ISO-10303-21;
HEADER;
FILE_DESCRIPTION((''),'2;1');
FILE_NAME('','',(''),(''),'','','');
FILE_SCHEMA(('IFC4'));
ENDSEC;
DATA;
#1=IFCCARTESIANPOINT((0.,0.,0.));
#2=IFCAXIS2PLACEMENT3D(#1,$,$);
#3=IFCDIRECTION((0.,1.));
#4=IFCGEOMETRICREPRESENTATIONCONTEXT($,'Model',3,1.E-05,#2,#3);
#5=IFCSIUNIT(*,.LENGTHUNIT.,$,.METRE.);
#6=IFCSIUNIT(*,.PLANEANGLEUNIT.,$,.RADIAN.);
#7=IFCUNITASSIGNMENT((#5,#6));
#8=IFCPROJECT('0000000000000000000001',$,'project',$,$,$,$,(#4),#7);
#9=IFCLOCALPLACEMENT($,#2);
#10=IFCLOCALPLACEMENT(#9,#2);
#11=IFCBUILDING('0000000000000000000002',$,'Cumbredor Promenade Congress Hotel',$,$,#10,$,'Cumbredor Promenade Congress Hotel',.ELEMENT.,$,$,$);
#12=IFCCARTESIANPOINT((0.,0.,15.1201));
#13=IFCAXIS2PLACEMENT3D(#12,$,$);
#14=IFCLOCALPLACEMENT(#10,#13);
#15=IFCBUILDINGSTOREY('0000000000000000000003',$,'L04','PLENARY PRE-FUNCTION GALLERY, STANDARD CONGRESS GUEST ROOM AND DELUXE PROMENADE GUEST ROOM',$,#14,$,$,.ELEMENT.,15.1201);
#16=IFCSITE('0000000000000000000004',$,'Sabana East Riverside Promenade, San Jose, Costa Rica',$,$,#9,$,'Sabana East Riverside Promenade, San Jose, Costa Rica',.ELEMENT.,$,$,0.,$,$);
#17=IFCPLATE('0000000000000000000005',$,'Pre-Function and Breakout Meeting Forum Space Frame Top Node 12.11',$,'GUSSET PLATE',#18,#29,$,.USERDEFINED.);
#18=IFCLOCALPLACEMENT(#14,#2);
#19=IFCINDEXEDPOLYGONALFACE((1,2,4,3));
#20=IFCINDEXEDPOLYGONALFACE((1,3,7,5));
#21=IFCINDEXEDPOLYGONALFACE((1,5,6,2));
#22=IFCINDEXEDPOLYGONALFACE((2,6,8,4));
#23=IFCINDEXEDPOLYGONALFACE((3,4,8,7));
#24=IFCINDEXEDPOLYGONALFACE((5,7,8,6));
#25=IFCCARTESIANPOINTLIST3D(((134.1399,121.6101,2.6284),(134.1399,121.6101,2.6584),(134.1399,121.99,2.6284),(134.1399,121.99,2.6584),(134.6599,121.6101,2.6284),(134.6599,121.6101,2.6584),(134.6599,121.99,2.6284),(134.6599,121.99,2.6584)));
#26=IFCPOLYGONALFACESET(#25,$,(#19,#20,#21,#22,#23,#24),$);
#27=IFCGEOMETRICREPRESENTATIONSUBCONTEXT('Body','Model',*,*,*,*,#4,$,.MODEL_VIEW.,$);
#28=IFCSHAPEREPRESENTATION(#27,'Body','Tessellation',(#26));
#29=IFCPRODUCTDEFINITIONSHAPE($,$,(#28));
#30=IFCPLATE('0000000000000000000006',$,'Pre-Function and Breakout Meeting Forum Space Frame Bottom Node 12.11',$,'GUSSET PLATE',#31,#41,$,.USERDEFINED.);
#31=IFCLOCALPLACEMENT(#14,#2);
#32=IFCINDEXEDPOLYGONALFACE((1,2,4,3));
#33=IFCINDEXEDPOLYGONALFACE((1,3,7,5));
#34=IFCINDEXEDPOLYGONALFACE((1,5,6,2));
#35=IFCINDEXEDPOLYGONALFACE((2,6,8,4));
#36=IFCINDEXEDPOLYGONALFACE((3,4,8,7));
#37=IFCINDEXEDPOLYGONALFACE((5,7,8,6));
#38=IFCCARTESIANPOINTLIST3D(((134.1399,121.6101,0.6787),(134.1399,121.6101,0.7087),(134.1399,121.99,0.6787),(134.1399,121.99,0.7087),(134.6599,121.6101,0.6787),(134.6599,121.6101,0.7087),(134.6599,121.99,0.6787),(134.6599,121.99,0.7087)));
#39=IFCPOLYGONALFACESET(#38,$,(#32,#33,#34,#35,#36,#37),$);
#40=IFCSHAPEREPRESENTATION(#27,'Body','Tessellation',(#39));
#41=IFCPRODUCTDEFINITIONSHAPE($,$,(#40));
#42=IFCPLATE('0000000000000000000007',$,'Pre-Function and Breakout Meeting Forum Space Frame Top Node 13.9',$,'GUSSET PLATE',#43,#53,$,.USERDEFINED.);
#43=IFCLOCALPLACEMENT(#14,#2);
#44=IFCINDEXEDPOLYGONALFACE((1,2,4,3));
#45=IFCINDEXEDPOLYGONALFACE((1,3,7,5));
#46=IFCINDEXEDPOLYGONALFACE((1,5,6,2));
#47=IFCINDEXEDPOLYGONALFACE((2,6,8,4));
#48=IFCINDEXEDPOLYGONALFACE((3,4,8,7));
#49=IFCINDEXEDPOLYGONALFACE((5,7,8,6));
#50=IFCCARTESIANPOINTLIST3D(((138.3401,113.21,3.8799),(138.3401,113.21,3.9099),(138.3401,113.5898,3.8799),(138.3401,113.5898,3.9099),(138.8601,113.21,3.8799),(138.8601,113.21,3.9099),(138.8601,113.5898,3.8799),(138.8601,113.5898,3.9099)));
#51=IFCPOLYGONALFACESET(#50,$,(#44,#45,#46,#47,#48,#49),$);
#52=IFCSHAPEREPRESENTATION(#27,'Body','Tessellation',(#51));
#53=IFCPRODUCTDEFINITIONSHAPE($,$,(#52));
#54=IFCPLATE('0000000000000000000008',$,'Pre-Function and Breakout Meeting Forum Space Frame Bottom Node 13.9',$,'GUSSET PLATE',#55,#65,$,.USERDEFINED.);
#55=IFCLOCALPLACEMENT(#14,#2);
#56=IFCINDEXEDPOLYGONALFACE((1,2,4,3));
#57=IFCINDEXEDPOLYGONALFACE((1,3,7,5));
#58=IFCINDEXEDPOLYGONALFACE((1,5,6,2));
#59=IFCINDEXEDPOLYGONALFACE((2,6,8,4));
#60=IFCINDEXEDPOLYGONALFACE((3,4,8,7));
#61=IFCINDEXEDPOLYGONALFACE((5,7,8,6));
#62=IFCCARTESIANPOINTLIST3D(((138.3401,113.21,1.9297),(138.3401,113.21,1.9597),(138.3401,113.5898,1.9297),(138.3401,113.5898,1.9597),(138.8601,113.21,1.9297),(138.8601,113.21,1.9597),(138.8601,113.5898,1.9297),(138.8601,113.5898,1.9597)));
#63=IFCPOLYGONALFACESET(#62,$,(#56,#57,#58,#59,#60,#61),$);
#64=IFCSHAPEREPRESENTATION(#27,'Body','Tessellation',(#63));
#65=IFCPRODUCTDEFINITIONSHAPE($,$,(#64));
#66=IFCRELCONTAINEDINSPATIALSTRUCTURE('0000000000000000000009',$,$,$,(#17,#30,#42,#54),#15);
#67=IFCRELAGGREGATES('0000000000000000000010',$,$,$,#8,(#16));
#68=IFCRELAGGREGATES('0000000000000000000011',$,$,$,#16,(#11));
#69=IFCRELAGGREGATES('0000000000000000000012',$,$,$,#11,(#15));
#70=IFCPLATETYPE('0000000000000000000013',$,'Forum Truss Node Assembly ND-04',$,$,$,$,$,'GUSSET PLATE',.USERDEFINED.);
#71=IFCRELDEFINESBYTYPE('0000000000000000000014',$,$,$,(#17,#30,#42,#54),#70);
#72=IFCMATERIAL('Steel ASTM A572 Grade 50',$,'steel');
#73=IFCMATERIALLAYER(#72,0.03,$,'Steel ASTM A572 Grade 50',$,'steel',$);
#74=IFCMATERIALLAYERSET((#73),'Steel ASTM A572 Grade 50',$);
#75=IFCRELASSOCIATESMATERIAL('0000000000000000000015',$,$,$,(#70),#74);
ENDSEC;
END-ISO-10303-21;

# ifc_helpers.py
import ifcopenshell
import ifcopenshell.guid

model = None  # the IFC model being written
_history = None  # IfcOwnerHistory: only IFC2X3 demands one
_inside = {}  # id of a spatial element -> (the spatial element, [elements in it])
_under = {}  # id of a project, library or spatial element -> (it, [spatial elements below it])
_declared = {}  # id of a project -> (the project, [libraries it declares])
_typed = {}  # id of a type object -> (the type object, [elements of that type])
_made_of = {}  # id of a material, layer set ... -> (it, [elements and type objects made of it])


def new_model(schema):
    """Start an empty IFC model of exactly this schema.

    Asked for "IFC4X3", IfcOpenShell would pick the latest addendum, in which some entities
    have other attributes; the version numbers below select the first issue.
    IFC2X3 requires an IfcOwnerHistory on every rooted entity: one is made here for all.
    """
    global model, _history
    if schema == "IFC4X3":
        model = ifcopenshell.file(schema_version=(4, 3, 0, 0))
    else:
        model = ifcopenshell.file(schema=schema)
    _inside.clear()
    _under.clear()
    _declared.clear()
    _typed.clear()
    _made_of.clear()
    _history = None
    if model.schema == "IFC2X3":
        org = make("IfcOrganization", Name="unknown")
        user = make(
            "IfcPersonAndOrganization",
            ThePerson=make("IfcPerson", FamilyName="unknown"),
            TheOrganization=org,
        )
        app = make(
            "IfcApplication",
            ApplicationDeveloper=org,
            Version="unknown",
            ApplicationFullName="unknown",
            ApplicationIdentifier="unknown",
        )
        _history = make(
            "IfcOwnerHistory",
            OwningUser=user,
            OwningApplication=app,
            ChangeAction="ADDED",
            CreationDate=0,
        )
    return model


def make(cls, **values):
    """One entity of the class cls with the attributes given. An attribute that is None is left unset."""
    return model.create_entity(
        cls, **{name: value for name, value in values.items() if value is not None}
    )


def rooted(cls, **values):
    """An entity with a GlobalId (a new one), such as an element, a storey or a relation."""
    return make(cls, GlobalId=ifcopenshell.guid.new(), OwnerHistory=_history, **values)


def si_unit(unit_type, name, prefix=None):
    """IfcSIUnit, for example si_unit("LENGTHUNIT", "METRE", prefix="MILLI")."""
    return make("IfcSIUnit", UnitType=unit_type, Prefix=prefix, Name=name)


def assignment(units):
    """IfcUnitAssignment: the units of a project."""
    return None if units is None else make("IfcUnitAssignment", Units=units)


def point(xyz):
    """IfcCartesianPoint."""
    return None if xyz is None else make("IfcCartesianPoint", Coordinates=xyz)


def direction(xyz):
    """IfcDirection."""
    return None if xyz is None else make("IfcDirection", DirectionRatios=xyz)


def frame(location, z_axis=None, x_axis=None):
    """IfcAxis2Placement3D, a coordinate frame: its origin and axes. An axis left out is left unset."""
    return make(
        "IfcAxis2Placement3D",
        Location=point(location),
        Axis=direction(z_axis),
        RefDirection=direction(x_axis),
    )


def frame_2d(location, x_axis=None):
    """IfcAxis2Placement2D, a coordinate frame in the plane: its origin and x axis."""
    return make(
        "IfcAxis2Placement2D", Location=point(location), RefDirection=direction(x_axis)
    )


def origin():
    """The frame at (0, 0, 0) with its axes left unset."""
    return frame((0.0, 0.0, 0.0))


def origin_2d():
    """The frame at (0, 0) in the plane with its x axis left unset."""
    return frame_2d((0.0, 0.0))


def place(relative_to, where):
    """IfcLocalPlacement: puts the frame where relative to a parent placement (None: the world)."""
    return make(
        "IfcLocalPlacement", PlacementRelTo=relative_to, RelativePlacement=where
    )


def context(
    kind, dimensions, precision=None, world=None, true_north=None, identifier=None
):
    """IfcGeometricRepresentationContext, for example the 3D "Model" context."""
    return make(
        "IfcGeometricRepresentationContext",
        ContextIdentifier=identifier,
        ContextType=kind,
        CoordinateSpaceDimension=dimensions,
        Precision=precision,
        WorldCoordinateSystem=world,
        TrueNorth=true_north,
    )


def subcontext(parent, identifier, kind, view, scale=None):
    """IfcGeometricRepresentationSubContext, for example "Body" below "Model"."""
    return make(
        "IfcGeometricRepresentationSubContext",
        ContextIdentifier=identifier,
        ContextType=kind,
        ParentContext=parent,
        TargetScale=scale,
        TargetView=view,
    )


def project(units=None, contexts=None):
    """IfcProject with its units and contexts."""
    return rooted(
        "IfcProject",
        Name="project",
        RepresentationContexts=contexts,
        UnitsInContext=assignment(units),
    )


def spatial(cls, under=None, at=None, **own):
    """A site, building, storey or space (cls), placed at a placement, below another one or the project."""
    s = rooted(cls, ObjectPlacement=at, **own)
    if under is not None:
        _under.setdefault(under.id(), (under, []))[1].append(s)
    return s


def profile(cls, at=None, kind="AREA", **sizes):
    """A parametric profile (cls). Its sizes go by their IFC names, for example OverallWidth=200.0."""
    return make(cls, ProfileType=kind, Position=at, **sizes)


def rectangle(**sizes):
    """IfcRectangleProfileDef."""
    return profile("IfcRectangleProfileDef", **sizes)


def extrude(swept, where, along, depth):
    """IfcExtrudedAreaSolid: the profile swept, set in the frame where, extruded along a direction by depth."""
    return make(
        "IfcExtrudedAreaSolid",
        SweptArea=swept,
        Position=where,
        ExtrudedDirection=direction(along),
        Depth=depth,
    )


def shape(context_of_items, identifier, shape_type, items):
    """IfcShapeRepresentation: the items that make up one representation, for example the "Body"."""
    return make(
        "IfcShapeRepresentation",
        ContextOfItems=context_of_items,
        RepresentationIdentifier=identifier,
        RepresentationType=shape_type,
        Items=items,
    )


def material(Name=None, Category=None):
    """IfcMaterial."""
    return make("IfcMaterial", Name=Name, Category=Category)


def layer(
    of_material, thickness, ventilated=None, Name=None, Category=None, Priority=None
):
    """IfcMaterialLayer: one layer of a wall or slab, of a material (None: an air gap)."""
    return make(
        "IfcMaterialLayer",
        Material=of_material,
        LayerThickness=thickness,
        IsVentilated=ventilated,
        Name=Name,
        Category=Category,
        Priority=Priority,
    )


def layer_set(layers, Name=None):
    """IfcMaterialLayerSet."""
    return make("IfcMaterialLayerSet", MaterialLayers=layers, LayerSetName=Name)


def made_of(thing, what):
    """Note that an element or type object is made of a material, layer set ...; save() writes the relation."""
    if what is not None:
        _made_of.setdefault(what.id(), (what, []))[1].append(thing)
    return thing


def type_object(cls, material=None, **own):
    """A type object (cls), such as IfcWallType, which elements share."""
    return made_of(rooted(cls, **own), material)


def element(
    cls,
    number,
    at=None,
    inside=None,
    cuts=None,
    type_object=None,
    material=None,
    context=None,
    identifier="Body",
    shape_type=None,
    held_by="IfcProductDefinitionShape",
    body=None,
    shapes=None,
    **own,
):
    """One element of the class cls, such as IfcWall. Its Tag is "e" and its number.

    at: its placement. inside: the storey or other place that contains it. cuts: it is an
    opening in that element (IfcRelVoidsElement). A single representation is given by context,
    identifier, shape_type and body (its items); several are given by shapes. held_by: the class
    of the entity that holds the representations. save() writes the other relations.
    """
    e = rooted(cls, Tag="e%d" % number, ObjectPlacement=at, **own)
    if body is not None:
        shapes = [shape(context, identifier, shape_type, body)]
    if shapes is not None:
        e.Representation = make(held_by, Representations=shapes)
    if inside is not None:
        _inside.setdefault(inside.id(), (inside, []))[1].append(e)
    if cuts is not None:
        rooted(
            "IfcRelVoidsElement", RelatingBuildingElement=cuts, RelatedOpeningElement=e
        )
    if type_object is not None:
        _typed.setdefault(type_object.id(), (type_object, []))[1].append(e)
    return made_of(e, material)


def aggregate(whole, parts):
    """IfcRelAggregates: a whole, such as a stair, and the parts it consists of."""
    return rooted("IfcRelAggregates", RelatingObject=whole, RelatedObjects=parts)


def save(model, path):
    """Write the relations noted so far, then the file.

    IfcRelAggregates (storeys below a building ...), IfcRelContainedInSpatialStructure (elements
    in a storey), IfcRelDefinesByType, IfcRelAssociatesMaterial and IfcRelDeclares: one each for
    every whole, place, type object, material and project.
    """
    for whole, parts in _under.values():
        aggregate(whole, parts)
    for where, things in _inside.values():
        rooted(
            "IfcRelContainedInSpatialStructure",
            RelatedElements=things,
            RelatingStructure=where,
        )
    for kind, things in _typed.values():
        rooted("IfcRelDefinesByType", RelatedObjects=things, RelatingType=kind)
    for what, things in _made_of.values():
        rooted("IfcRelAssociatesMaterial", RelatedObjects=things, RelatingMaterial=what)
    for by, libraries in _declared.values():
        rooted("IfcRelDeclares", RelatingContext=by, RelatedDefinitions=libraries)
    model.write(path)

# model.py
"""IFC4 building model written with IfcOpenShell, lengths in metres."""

from ifc_helpers import new_model, si_unit, direction, frame, origin, origin_2d, place, context, subcontext, project, spatial, rectangle, extrude, material, layer, layer_set, type_object, element, save


model = new_model("IFC4")

# Units and contexts
model_context = context("Model", 3, precision=1e-05, world=origin(), true_north=direction((0.0, 1.0)))
body_context = subcontext(model_context, "Body", "Model", "MODEL_VIEW")
ifc_project = project(units=[si_unit("LENGTHUNIT", "METRE"), si_unit("PLANEANGLEUNIT", "RADIAN")], contexts=[model_context])

# Site, building, storey
site_placement = place(None, origin())
site = spatial("IfcSite", under=ifc_project, at=site_placement, Name="Sabana East Riverside Promenade, San Jose, Costa Rica", LongName="Sabana East Riverside Promenade, San Jose, Costa Rica", CompositionType="ELEMENT", RefElevation=0.0)
building_placement = place(site_placement, origin())
building = spatial("IfcBuilding", under=site, at=building_placement, Name="Cumbredor Promenade Congress Hotel", LongName="Cumbredor Promenade Congress Hotel", CompositionType="ELEMENT")
storey_placement = place(building_placement, frame((0.0, 0.0, 15.1201)))
storey = spatial("IfcBuildingStorey", under=building, at=storey_placement, Name="L04", Description="PLENARY PRE-FUNCTION GALLERY, STANDARD CONGRESS GUEST ROOM AND DELUXE PROMENADE GUEST ROOM", CompositionType="ELEMENT", Elevation=15.1201)

# Plates
ifc_material_1 = material(Name="Steel ASTM A572 Grade 50", Category="steel")
ifc_layer_1 = layer(ifc_material_1, 0.03, Name="Steel ASTM A572 Grade 50", Category="steel")
ifc_layer_set_1 = layer_set([ifc_layer_1], Name="Steel ASTM A572 Grade 50")
plate_type_1 = type_object("IfcPlateType", Name="Forum Truss Node Assembly ND-04", ElementType="GUSSET PLATE", PredefinedType="USERDEFINED", material=ifc_layer_set_1)
for number, where, z_axis, x_axis, name in (
    (1, (134.3999, 121.8, 2.6284), (0.0, 0.0, 1.0), (1.0, 0.0, 0.0), "Pre-Function and Breakout Meeting Forum Space Frame Top Node 12.11"),
    (2, (134.3999, 121.8, 0.6787), (0.0, 0.0, 1.0), (1.0, 0.0, 0.0), "Pre-Function and Breakout Meeting Forum Space Frame Bottom Node 12.11"),
    (3, (138.6001, 113.3999, 3.8799), (0.0, 0.0, 1.0), (1.0, 0.0, 0.0), "Pre-Function and Breakout Meeting Forum Space Frame Top Node 13.9"),
    (4, (138.6001, 113.3999, 1.9297), (0.0, 0.0, 1.0), (1.0, 0.0, 0.0), "Pre-Function and Breakout Meeting Forum Space Frame Bottom Node 13.9"),
):
    element("IfcPlate", number, at=place(storey_placement, frame(where, z_axis=z_axis, x_axis=x_axis)), inside=storey, type_object=plate_type_1, Name=name, ObjectType="GUSSET PLATE", PredefinedType="USERDEFINED", context=body_context, shape_type="SweptSolid", body=[
        extrude(rectangle(XDim=0.52, YDim=0.3799, at=origin_2d()), origin(), (0.0, 0.0, 1.0), 0.03),
    ])

save(model, "model.ifc")
